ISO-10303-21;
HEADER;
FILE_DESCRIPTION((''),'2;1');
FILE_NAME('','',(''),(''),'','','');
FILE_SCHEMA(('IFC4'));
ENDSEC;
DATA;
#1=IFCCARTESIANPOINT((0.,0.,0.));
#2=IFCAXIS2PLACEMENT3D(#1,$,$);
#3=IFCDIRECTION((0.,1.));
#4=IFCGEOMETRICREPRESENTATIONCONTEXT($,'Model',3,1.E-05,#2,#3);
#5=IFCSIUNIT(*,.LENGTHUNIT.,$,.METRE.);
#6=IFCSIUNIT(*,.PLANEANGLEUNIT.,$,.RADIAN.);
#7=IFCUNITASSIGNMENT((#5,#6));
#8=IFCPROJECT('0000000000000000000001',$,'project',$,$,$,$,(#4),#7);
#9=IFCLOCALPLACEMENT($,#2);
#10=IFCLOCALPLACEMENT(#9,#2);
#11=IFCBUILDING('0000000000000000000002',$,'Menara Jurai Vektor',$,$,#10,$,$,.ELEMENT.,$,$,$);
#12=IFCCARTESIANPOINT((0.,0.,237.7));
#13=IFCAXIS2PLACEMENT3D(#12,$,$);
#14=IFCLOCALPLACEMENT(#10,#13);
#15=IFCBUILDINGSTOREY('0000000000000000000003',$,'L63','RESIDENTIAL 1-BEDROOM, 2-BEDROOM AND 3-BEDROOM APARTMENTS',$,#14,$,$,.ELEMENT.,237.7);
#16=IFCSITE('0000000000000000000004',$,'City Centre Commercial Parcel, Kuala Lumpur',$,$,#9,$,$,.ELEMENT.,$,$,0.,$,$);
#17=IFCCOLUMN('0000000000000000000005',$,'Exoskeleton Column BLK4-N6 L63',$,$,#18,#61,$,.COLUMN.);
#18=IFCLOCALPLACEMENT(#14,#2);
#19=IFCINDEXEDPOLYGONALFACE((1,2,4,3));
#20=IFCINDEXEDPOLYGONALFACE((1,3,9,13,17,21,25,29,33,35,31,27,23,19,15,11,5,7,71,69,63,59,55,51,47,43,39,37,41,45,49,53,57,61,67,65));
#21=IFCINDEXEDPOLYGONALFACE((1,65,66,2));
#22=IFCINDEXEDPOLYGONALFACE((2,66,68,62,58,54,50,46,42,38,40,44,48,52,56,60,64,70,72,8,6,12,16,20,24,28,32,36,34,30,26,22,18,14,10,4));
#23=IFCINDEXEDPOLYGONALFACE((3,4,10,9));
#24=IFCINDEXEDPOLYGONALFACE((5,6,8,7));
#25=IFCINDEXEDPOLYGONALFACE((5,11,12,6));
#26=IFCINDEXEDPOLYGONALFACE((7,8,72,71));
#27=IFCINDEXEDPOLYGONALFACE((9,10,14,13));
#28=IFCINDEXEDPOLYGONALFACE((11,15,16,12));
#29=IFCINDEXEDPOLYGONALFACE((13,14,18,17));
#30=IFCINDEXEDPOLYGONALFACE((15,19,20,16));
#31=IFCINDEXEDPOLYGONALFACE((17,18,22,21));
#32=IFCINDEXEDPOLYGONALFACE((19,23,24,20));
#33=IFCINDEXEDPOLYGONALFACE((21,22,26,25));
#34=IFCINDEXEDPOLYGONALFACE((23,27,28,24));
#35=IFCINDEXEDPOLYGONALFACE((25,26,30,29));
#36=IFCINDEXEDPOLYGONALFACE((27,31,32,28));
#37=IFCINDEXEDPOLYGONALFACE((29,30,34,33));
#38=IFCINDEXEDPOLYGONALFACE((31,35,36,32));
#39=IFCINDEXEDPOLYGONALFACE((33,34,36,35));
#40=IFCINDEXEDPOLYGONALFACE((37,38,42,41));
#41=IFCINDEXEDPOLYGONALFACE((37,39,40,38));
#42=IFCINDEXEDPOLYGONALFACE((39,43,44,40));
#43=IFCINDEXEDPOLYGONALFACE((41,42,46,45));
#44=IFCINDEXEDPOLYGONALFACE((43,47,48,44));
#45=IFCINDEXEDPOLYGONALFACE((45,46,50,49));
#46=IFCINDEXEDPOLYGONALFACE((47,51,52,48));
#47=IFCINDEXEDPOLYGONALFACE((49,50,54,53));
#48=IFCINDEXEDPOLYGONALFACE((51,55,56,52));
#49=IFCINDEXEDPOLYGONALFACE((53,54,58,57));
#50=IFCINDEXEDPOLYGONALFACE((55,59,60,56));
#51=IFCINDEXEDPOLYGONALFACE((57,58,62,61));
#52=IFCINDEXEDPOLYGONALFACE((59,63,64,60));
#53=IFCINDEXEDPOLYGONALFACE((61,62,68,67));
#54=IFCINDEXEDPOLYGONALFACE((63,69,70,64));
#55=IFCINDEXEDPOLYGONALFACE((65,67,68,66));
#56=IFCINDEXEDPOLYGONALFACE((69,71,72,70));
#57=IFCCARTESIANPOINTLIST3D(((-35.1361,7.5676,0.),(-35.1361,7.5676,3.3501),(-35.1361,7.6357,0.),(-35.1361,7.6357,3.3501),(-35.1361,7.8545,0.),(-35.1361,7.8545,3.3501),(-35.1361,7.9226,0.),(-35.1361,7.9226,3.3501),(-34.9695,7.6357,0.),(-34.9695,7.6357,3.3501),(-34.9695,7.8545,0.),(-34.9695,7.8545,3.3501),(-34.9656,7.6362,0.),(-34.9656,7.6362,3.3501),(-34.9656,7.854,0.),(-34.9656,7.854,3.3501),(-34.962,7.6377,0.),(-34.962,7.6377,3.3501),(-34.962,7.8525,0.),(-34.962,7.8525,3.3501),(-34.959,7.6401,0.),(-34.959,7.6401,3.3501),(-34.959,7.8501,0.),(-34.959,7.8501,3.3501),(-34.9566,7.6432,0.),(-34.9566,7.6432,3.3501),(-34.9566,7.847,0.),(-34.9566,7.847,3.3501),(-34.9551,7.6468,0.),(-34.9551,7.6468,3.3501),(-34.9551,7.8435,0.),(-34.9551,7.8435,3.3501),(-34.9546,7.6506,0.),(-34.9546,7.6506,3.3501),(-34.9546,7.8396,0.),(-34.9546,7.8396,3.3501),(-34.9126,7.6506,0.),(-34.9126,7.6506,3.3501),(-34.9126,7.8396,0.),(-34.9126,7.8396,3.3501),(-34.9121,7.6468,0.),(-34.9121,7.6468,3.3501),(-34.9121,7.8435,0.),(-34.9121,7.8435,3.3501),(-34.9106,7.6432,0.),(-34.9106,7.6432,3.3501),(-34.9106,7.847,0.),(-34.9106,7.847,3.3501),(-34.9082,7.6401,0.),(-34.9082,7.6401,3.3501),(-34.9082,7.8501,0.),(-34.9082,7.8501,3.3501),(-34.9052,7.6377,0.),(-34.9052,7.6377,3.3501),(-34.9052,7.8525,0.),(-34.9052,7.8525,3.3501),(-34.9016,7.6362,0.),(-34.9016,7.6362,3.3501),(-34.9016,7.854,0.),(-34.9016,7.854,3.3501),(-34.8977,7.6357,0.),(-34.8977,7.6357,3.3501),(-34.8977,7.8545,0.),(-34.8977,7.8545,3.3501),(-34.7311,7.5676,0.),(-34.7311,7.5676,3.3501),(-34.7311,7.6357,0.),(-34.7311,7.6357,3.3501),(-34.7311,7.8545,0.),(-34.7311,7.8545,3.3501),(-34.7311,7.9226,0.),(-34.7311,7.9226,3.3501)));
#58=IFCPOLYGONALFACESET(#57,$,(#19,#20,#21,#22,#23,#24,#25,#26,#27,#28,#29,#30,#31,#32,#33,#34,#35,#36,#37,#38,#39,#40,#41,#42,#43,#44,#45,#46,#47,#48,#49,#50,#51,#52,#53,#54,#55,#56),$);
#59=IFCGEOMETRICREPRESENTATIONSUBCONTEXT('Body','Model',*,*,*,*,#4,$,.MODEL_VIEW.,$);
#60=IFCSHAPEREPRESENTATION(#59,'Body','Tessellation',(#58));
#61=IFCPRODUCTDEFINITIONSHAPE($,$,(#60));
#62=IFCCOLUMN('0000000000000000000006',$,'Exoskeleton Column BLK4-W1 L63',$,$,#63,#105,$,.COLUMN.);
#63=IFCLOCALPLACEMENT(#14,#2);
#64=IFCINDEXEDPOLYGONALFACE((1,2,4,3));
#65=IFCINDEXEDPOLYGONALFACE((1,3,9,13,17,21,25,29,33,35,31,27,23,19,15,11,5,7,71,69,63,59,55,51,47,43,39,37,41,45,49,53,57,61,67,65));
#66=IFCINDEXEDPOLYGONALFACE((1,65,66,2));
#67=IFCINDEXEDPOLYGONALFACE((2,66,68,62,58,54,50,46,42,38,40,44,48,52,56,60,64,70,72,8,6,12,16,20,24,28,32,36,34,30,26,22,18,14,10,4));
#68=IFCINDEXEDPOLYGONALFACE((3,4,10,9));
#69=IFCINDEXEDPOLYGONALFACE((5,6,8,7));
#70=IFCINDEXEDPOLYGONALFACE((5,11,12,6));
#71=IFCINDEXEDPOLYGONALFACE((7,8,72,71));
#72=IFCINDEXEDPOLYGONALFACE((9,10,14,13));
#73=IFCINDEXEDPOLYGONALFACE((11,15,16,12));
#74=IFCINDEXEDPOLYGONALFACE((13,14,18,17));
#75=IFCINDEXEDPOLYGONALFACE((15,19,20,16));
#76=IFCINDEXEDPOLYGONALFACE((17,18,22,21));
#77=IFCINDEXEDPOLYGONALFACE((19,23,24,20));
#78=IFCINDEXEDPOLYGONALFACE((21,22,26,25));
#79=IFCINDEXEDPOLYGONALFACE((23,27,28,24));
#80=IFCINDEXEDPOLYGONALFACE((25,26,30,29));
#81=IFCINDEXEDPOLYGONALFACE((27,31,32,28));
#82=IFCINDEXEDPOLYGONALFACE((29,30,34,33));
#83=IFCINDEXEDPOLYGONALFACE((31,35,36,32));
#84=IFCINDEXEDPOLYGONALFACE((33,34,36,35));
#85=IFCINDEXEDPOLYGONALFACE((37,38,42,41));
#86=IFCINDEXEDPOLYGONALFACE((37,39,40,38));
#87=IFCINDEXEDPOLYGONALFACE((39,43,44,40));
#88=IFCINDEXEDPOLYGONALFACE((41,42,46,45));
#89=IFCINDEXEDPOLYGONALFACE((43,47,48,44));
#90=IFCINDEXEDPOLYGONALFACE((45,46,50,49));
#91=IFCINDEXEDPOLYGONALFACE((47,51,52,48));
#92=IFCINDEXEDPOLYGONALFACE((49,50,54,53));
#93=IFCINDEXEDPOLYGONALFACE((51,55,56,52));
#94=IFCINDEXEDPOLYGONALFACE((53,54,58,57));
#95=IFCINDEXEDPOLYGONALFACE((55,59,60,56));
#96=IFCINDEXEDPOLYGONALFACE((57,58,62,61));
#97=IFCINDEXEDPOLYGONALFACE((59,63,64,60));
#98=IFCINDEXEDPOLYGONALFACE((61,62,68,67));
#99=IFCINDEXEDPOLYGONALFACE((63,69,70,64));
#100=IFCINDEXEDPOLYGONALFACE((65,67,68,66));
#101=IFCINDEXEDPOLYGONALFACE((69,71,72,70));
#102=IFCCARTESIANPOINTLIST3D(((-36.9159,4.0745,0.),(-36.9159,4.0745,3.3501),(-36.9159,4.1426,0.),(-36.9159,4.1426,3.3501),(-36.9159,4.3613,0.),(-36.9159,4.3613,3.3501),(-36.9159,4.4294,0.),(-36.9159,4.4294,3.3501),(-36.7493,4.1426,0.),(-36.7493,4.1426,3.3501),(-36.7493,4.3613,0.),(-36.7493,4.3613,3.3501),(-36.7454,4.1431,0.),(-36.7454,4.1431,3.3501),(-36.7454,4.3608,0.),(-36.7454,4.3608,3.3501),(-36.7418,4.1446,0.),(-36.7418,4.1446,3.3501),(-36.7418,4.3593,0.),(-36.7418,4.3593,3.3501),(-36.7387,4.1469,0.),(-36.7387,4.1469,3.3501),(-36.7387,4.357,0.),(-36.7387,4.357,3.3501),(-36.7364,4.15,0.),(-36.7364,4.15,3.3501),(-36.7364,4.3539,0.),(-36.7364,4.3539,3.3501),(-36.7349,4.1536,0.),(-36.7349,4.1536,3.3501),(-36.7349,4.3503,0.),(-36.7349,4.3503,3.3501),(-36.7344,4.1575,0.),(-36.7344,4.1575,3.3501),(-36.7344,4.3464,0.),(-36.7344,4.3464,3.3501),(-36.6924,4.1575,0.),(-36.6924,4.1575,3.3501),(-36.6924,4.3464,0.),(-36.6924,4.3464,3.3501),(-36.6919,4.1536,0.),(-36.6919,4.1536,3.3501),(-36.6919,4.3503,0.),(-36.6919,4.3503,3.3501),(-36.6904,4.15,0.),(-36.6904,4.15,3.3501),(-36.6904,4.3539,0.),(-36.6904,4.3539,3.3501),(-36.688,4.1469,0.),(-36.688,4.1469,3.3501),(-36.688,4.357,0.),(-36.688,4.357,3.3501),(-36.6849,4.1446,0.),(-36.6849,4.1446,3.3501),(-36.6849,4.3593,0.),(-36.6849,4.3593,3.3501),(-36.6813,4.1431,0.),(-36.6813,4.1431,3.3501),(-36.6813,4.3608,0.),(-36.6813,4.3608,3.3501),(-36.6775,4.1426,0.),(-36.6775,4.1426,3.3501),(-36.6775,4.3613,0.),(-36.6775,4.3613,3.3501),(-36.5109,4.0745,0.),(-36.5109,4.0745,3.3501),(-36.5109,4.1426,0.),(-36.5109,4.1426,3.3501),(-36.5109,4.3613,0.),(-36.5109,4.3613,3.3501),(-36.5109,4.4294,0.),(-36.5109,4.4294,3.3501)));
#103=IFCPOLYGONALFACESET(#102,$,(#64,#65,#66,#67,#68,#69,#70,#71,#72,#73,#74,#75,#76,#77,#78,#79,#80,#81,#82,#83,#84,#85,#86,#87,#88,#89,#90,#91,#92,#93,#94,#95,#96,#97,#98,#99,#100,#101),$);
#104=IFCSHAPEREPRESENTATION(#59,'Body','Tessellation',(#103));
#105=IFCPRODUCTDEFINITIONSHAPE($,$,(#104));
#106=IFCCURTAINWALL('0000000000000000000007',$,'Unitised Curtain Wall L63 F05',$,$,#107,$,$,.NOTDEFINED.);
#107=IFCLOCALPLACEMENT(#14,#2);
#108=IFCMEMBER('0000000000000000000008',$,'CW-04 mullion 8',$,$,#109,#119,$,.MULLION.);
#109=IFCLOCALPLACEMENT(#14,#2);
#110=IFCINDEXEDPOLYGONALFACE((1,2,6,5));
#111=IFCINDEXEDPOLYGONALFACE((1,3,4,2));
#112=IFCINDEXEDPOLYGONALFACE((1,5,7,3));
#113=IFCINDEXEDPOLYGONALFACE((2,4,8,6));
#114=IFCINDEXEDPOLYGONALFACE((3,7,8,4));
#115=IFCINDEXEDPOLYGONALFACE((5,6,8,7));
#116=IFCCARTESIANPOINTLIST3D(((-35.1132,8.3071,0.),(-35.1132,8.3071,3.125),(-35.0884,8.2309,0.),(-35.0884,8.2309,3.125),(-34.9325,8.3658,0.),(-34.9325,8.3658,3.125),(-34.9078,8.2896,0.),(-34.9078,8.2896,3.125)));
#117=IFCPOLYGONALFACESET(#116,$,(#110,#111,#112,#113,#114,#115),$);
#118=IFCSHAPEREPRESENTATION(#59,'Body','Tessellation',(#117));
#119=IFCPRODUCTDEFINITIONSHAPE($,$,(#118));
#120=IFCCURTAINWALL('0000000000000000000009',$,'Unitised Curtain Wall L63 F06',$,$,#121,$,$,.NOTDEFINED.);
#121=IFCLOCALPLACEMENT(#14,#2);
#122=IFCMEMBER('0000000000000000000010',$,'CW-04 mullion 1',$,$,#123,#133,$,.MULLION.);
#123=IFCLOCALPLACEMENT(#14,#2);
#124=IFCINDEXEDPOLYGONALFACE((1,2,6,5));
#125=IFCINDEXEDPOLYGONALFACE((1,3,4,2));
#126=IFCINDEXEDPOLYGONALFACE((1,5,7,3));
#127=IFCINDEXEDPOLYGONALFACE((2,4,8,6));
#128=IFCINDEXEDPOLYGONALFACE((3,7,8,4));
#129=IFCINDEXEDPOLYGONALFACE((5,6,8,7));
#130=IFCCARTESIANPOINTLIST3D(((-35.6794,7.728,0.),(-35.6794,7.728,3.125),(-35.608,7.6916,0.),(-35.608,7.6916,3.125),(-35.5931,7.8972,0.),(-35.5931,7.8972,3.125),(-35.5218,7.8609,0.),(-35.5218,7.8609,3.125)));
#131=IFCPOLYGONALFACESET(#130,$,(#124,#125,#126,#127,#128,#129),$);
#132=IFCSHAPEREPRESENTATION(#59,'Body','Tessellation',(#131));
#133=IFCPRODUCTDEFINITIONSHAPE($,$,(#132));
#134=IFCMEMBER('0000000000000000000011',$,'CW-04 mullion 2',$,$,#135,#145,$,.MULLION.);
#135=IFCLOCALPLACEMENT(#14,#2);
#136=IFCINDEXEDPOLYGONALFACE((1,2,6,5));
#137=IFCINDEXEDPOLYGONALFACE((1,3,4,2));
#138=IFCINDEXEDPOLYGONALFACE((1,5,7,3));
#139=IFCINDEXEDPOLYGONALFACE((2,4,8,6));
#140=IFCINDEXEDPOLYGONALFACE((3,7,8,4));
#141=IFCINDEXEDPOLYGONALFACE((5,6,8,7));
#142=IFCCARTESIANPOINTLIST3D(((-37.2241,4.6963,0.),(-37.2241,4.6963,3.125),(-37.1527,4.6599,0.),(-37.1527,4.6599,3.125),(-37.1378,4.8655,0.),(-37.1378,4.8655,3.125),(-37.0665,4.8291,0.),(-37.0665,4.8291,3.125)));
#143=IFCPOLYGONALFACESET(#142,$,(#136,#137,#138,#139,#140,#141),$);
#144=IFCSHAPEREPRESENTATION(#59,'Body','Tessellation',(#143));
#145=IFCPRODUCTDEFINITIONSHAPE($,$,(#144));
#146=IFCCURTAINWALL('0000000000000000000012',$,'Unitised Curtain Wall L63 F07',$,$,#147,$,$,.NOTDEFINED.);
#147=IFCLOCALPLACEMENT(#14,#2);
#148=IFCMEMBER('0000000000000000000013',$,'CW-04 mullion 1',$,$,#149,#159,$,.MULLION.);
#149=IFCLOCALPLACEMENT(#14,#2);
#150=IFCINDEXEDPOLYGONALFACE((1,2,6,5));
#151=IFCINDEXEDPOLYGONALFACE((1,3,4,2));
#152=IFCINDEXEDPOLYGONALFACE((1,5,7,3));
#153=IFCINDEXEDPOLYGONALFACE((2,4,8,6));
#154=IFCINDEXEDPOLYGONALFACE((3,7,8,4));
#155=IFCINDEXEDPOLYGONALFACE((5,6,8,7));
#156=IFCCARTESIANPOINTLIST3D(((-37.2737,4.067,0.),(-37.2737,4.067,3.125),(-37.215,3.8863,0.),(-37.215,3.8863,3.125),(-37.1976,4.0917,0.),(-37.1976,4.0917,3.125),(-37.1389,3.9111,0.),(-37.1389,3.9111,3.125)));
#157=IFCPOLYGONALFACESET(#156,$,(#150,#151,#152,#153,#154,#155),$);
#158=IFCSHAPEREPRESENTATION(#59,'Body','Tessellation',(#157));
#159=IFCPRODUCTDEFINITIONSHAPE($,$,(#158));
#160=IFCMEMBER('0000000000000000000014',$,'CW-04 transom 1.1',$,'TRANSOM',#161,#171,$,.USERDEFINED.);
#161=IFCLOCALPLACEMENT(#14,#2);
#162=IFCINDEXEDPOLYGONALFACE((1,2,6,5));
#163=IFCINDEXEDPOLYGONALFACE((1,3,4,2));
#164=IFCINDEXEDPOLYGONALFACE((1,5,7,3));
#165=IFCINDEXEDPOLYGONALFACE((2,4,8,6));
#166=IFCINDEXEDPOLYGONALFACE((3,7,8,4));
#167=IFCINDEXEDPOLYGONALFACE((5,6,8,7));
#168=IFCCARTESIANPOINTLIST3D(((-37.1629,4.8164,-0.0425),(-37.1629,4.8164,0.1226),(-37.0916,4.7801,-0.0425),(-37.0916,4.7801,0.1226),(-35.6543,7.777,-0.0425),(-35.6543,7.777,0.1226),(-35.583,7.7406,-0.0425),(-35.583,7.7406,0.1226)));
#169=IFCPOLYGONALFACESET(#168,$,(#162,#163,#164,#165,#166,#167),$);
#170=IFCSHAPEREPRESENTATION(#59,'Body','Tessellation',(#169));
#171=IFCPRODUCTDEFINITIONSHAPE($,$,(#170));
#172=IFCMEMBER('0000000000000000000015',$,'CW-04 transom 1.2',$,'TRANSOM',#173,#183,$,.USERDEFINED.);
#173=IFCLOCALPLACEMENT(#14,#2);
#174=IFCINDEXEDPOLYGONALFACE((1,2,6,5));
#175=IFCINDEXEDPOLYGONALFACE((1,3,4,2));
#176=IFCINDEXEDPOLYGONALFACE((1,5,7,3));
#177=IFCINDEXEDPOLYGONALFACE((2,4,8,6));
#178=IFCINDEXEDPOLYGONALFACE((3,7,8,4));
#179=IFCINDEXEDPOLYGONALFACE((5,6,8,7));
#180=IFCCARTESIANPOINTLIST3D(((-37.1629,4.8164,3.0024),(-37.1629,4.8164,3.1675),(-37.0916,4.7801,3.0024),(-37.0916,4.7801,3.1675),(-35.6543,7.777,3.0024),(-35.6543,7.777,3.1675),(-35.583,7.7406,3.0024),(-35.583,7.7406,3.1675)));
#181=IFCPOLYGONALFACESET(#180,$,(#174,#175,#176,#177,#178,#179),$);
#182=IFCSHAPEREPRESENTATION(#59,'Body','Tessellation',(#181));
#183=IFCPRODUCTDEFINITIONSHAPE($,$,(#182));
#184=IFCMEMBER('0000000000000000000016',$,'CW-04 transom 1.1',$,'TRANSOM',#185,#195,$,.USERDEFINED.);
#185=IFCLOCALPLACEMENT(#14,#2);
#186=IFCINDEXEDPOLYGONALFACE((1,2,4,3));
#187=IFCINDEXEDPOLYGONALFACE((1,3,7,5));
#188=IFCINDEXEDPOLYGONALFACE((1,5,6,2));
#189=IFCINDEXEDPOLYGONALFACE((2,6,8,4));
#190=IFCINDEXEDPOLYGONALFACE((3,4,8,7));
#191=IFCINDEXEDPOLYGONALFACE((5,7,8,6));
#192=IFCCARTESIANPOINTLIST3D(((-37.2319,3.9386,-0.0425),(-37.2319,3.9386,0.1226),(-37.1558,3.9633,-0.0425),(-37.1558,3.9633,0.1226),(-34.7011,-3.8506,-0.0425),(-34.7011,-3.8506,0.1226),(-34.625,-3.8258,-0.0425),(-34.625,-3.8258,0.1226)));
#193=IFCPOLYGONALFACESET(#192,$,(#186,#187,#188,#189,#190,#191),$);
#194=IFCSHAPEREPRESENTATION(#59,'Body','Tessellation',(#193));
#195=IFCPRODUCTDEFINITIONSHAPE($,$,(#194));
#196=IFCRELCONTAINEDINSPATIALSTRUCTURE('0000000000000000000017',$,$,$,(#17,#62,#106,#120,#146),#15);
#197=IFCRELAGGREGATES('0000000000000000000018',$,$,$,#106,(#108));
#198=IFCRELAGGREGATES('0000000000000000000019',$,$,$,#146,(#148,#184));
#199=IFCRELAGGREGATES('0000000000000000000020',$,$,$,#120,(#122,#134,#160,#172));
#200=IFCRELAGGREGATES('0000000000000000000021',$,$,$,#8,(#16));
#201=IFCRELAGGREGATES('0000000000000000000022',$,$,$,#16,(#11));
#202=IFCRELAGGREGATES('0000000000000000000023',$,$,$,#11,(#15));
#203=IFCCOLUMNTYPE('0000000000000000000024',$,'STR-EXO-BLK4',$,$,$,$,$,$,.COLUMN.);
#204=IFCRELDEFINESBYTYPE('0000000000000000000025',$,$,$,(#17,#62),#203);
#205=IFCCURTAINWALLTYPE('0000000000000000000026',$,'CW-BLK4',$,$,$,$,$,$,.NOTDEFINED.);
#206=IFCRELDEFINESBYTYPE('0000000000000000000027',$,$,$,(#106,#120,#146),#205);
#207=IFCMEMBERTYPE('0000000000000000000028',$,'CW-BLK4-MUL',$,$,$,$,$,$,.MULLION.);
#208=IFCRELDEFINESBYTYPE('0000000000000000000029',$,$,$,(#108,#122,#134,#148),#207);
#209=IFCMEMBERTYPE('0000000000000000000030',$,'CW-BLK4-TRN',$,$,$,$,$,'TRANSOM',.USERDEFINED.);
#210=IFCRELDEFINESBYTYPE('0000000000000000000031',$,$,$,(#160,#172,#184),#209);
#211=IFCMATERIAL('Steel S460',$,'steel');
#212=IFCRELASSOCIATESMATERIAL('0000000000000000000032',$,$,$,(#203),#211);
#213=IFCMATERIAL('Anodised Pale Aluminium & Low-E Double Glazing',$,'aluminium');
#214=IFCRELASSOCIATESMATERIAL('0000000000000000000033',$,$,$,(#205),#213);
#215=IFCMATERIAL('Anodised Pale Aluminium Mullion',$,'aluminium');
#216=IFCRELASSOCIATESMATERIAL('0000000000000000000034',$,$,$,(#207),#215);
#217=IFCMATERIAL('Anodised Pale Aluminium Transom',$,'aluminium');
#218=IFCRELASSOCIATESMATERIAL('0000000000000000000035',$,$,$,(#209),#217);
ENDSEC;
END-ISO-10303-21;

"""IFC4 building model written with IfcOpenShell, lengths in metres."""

from ifc_helpers import new_model, si_unit, direction, frame, origin, origin_2d, place, context, subcontext, project, spatial, rectangle, i_section, extrude, material, material_profile, profile_set, type_object, element, aggregate, save


model = new_model("IFC4")

# Units and contexts
model_context = context("Model", 3, precision=1e-05, world=origin(), true_north=direction((0.0, 1.0)))
body_context = subcontext(model_context, "Body", "Model", "MODEL_VIEW")
ifc_project = project(units=[si_unit("LENGTHUNIT", "METRE"), si_unit("PLANEANGLEUNIT", "RADIAN")], contexts=[model_context])

# Site, building, storey
site_placement = place(None, origin())
site = spatial("IfcSite", under=ifc_project, at=site_placement, Name="City Centre Commercial Parcel, Kuala Lumpur", CompositionType="ELEMENT", RefElevation=0.0)
building_placement = place(site_placement, origin())
building = spatial("IfcBuilding", under=site, at=building_placement, Name="Menara Jurai Vektor", CompositionType="ELEMENT")
storey_placement = place(building_placement, frame((0.0, 0.0, 237.7)))
storey = spatial("IfcBuildingStorey", under=building, at=storey_placement, Name="L63", Description="RESIDENTIAL 1-BEDROOM, 2-BEDROOM AND 3-BEDROOM APARTMENTS", CompositionType="ELEMENT", Elevation=237.7)

# Columns
ifc_material_1 = material(Name="Steel S460", Category="steel")
ifc_material_profile_1 = material_profile(ifc_material_1, i_section(OverallWidth=0.405, OverallDepth=0.355, WebThickness=0.042, FlangeThickness=0.0681, FilletRadius=0.0149, at=origin_2d()), Name="HD 400x551")
ifc_profile_set_1 = profile_set([ifc_material_profile_1], Name="Steel S460")
column_type = type_object("IfcColumnType", Name="STR-EXO-BLK4", PredefinedType="COLUMN", material=ifc_profile_set_1)
for number, where, z_axis, x_axis, name in (
    (1, (-34.9336, 7.7451, 0.0), (0.0, 0.0, 1.0), (1.0, 0.0, 0.0), "Exoskeleton Column BLK4-N6 L63"),
    (2, (-36.7134, 4.252, 0.0), (0.0, 0.0, 1.0), (1.0, 0.0, 0.0), "Exoskeleton Column BLK4-W1 L63"),
):
    element("IfcColumn", number, at=place(storey_placement, frame(where, z_axis=z_axis, x_axis=x_axis)), inside=storey, type_object=column_type, Name=name, PredefinedType="COLUMN", context=body_context, shape_type="SweptSolid", body=[
        extrude(i_section(OverallWidth=0.405, OverallDepth=0.355, WebThickness=0.042, FlangeThickness=0.0681, FilletRadius=0.0149, at=origin_2d()), origin(), (0.0, 0.0, 1.0), 3.3501),
    ])

# Curtain wall, member
ifc_material_2 = material(Name="Anodised Pale Aluminium & Low-E Double Glazing", Category="aluminium")
curtain_wall_type = type_object("IfcCurtainWallType", Name="CW-BLK4", PredefinedType="NOTDEFINED", material=ifc_material_2)
curtain_wall_1_placement = place(storey_placement, origin())
curtain_wall_1 = element("IfcCurtainWall", 3, at=curtain_wall_1_placement, inside=storey, type_object=curtain_wall_type, Name="Unitised Curtain Wall L63 F05", PredefinedType="NOTDEFINED")
ifc_material_3 = material(Name="Anodised Pale Aluminium Mullion", Category="aluminium")
ifc_material_profile_2 = material_profile(ifc_material_3, rectangle(XDim=0.0801, YDim=0.1899, at=origin_2d()), Name="ALU MUL 80x190")
ifc_profile_set_2 = profile_set([ifc_material_profile_2], Name="Anodised Pale Aluminium Mullion")
member_type_1 = type_object("IfcMemberType", Name="CW-BLK4-MUL", PredefinedType="MULLION", material=ifc_profile_set_2)
member_1_placement = place(storey_placement, frame((-35.0105, 8.2983, 0.0), z_axis=(0.0, 0.0, 1.0), x_axis=(0.309017, -0.951056, 0.0)))
member_1 = element("IfcMember", 4, at=member_1_placement, type_object=member_type_1, Name="CW-04 mullion 8", PredefinedType="MULLION", context=body_context, shape_type="SweptSolid", body=[
    extrude(rectangle(XDim=0.0801, YDim=0.1899, at=origin_2d()), origin(), (0.0, 0.0, 1.0), 3.125),
])

# Curtain wall, members
curtain_wall_2_placement = place(storey_placement, origin())
curtain_wall_2 = element("IfcCurtainWall", 5, at=curtain_wall_2_placement, inside=storey, type_object=curtain_wall_type, Name="Unitised Curtain Wall L63 F06", PredefinedType="NOTDEFINED")
member_2_placement = place(storey_placement, frame((-35.6006, 7.7944, 0.0), z_axis=(0.0, 0.0, 1.0), x_axis=(0.891008, -0.453989, 0.0)))
member_2 = element("IfcMember", 6, at=member_2_placement, type_object=member_type_1, Name="CW-04 mullion 1", PredefinedType="MULLION", context=body_context, shape_type="SweptSolid", body=[
    extrude(rectangle(XDim=0.0801, YDim=0.1899, at=origin_2d()), origin(), (0.0, 0.0, 1.0), 3.125),
])
member_3_placement = place(storey_placement, frame((-37.1453, 4.7627, 0.0), z_axis=(0.0, 0.0, 1.0), x_axis=(0.891008, -0.453989, 0.0)))
member_3 = element("IfcMember", 7, at=member_3_placement, type_object=member_type_1, Name="CW-04 mullion 2", PredefinedType="MULLION", context=body_context, shape_type="SweptSolid", body=[
    extrude(rectangle(XDim=0.0801, YDim=0.1899, at=origin_2d()), origin(), (0.0, 0.0, 1.0), 3.125),
])

# Curtain wall, member
curtain_wall_3_placement = place(storey_placement, origin())
curtain_wall_3 = element("IfcCurtainWall", 8, at=curtain_wall_3_placement, inside=storey, type_object=curtain_wall_type, Name="Unitised Curtain Wall L63 F07", PredefinedType="NOTDEFINED")
member_4_placement = place(storey_placement, frame((-37.2063, 3.989, 0.0), z_axis=(0.0, 0.0, 1.0), x_axis=(0.951057, 0.309016, 0.0)))
member_4 = element("IfcMember", 9, at=member_4_placement, type_object=member_type_1, Name="CW-04 mullion 1", PredefinedType="MULLION", context=body_context, shape_type="SweptSolid", body=[
    extrude(rectangle(XDim=0.0801, YDim=0.1899, at=origin_2d()), origin(), (0.0, 0.0, 1.0), 3.125),
])

# Members
ifc_material_4 = material(Name="Anodised Pale Aluminium Transom", Category="aluminium")
ifc_material_profile_3 = material_profile(ifc_material_4, rectangle(XDim=0.0801, YDim=0.165, at=origin_2d()), Name="ALU TRN 80x165")
ifc_profile_set_3 = profile_set([ifc_material_profile_3], Name="Anodised Pale Aluminium Transom")
member_type_2 = type_object("IfcMemberType", Name="CW-BLK4-TRN", ElementType="TRANSOM", PredefinedType="USERDEFINED", material=ifc_profile_set_3)
member_5_placement = place(storey_placement, frame((-35.6187, 7.7588, 0.04), z_axis=(-0.454019, -0.890992, 0.0), x_axis=(0.890992, -0.454019, 0.0)))
member_5 = element("IfcMember", 10, at=member_5_placement, type_object=member_type_2, Name="CW-04 transom 1.1", ObjectType="TRANSOM", PredefinedType="USERDEFINED", context=body_context, shape_type="SweptSolid", body=[
    extrude(rectangle(XDim=0.0801, YDim=0.165, at=origin_2d()), origin(), (0.0, 0.0, 1.0), 3.3228),
])
member_6_placement = place(storey_placement, frame((-35.6187, 7.7588, 3.085), z_axis=(-0.454019, -0.890992, 0.0), x_axis=(0.890992, -0.454019, 0.0)))
member_6 = element("IfcMember", 11, at=member_6_placement, type_object=member_type_2, Name="CW-04 transom 1.2", ObjectType="TRANSOM", PredefinedType="USERDEFINED", context=body_context, shape_type="SweptSolid", body=[
    extrude(rectangle(XDim=0.0801, YDim=0.165, at=origin_2d()), origin(), (0.0, 0.0, 1.0), 3.3228),
])
member_7_placement = place(storey_placement, frame((-37.1938, 3.9509, 0.04), z_axis=(0.309011, -0.951059, 0.0), x_axis=(0.951059, 0.309011, 0.0)))
member_7 = element("IfcMember", 12, at=member_7_placement, type_object=member_type_2, Name="CW-04 transom 1.1", ObjectType="TRANSOM", PredefinedType="USERDEFINED", context=body_context, shape_type="SweptSolid", body=[
    extrude(rectangle(XDim=0.0801, YDim=0.165, at=origin_2d()), origin(), (0.0, 0.0, 1.0), 8.1899),
])

aggregate(curtain_wall_1, [member_1])
aggregate(curtain_wall_3, [member_4, member_7])
aggregate(curtain_wall_2, [member_2, member_3, member_5, member_6])

save(model, "model.ifc")
